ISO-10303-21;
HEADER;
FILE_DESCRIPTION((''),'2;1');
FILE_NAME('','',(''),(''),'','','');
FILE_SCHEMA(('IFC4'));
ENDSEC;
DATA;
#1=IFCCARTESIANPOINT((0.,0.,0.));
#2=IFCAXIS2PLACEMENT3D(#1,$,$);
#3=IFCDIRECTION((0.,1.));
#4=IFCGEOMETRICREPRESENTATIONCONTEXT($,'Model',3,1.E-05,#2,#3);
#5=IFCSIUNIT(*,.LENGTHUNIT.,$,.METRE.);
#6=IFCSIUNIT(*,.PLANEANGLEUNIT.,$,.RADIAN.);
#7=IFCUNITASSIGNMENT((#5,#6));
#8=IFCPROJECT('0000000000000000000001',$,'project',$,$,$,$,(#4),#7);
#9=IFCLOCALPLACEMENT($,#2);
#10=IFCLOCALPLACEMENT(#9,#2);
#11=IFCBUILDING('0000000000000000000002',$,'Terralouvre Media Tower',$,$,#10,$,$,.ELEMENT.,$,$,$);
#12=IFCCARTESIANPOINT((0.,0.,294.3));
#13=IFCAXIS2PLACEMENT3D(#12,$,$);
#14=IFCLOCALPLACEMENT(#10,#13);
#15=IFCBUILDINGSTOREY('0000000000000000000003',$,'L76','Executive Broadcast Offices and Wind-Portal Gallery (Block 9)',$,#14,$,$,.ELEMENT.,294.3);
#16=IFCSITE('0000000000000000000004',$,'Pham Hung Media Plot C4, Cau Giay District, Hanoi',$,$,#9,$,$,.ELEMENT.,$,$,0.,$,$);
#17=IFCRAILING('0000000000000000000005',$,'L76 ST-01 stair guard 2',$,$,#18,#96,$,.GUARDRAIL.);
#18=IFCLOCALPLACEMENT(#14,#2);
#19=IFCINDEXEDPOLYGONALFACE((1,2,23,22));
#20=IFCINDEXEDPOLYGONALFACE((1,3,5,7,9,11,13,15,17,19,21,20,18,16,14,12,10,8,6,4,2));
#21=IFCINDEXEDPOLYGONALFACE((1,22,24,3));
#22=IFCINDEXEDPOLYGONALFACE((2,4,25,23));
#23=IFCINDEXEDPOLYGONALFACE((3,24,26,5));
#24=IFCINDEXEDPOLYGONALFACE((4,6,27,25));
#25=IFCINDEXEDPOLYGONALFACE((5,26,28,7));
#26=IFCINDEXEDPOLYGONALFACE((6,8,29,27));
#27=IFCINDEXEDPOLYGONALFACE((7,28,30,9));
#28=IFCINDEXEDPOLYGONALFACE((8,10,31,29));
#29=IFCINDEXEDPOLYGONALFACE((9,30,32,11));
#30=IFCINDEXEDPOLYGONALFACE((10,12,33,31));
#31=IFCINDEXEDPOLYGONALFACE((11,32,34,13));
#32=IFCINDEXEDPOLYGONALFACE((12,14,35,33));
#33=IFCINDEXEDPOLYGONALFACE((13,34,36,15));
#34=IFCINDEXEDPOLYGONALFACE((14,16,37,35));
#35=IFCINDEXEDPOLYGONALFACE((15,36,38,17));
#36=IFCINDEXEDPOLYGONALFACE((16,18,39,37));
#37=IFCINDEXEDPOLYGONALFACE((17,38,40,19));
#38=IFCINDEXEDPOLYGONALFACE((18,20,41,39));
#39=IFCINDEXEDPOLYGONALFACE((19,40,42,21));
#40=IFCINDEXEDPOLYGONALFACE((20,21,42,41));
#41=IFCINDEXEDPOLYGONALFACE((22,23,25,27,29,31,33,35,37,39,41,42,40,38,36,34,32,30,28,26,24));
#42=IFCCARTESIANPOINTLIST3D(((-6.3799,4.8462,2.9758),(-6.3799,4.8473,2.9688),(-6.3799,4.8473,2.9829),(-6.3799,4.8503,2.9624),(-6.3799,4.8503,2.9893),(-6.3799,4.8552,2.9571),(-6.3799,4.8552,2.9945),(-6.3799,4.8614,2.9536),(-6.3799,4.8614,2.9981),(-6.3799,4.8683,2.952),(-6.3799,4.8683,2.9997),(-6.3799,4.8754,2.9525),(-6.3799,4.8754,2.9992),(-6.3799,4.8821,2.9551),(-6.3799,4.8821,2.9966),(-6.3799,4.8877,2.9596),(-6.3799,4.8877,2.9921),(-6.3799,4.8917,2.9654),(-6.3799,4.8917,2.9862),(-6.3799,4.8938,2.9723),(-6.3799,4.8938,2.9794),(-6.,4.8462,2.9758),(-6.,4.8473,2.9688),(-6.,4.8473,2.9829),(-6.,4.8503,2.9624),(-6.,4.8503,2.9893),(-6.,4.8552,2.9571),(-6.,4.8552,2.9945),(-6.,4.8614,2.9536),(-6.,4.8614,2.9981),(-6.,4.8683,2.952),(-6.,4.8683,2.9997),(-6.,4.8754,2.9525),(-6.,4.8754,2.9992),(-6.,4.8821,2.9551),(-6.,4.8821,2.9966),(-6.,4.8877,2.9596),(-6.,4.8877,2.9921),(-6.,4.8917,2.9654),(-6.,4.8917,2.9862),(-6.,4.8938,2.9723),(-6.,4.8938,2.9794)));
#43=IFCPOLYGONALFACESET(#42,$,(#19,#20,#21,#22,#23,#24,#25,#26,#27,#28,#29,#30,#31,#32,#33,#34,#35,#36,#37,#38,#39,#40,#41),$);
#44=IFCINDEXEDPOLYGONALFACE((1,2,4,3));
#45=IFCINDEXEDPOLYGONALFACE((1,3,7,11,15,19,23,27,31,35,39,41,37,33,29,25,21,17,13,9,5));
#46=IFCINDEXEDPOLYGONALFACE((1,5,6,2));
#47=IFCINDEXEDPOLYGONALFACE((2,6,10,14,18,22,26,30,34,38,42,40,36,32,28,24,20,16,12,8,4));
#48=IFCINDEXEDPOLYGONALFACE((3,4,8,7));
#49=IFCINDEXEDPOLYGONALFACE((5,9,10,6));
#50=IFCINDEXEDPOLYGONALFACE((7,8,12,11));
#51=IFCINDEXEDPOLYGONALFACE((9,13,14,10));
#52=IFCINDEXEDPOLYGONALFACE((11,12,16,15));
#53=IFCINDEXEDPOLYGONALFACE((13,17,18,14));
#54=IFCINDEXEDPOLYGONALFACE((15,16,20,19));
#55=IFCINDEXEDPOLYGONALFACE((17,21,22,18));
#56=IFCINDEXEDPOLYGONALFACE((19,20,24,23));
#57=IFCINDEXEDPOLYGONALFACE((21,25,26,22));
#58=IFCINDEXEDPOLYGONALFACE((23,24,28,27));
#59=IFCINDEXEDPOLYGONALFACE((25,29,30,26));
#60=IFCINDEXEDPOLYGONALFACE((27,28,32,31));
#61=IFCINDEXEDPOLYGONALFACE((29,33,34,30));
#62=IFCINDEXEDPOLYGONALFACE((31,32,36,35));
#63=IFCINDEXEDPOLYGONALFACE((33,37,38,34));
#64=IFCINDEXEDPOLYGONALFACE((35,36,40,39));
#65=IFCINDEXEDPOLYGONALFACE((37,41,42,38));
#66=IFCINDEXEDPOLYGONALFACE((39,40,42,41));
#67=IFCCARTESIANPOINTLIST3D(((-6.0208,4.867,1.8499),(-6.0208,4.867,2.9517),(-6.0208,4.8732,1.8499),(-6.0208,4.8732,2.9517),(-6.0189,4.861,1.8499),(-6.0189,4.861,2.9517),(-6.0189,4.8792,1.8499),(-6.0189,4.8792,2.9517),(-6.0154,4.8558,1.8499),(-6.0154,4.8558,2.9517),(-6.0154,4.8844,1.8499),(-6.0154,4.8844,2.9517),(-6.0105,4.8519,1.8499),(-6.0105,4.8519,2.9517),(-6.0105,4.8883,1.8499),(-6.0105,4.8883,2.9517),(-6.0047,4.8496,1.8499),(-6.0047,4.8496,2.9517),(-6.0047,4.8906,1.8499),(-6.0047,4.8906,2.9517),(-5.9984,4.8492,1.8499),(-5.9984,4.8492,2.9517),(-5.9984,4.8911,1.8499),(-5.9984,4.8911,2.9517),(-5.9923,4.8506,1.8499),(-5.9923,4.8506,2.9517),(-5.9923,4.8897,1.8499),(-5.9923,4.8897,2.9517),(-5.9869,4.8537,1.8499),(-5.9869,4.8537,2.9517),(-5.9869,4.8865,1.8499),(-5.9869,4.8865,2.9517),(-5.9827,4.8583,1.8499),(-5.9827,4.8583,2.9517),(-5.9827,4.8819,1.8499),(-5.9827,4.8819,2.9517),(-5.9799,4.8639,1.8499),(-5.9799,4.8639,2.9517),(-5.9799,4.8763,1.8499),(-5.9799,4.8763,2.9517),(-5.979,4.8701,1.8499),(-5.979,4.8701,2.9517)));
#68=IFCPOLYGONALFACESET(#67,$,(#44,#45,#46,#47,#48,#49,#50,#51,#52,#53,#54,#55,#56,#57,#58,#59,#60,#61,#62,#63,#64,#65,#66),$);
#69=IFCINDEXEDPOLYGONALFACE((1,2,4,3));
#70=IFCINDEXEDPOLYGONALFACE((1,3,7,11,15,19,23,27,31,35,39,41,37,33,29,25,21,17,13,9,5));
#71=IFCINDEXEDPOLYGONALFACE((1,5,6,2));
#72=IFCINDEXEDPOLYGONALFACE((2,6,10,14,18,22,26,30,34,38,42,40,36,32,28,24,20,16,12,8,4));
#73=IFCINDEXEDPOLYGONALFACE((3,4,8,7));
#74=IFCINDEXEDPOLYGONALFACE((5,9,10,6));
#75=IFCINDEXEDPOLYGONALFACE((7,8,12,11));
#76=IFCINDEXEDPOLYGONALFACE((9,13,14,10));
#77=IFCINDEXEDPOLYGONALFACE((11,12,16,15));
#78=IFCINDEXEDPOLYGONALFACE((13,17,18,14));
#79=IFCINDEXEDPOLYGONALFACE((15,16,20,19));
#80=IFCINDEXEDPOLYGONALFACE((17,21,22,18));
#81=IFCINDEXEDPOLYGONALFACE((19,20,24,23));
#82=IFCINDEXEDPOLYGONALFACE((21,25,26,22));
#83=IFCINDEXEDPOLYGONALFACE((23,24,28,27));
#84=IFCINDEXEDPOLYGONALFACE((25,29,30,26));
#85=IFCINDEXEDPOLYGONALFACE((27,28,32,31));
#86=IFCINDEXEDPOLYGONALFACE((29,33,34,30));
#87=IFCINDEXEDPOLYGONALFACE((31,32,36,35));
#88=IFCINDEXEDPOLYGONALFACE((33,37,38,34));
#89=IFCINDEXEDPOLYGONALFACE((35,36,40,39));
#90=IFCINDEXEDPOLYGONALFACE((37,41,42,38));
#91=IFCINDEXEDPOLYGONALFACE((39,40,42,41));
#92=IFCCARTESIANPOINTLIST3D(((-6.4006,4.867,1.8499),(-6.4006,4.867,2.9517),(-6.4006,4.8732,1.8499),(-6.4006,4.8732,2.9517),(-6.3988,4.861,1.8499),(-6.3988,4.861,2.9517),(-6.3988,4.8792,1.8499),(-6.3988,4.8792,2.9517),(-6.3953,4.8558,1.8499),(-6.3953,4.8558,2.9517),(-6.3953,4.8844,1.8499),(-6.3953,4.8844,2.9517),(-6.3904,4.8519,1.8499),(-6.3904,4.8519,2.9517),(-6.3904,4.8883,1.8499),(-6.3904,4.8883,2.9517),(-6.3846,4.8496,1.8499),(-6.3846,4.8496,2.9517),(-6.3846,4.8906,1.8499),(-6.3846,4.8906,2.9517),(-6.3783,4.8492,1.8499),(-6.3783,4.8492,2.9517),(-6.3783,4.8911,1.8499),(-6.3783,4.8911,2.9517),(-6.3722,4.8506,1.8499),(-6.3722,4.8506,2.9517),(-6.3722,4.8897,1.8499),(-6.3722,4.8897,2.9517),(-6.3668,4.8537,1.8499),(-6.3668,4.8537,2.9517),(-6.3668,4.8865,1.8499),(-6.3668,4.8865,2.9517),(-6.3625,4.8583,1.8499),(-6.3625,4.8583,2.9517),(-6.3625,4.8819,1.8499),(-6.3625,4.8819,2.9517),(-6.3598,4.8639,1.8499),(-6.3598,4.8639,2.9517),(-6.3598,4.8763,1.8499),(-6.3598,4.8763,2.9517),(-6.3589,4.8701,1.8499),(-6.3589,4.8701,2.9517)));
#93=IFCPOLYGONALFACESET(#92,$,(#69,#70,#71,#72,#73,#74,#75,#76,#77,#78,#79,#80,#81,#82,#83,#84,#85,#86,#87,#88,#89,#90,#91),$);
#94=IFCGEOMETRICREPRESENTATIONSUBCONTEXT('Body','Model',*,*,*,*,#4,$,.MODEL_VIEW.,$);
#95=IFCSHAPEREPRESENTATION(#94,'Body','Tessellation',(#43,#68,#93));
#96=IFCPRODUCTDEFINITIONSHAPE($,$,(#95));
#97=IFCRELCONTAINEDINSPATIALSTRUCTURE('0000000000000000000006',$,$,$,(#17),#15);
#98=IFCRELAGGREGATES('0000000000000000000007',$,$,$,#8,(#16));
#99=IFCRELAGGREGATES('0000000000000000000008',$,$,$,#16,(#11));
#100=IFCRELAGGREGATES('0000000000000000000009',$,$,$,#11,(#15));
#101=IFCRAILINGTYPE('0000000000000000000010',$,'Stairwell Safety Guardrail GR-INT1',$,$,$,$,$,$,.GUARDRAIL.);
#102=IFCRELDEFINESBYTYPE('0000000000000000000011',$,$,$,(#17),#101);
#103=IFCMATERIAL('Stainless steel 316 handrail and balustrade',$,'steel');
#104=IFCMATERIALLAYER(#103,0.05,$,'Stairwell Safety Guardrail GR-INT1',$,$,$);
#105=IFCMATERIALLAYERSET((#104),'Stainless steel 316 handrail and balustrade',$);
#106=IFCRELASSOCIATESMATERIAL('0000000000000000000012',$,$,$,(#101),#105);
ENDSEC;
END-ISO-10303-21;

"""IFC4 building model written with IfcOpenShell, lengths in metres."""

from ifc_helpers import new_model, si_unit, direction, frame, origin, origin_2d, place, context, subcontext, project, spatial, circle, extrude, material, layer, layer_set, type_object, element, save


model = new_model("IFC4")

# Units and contexts
model_context = context("Model", 3, precision=1e-05, world=origin(), true_north=direction((0.0, 1.0)))
body_context = subcontext(model_context, "Body", "Model", "MODEL_VIEW")
ifc_project = project(units=[si_unit("LENGTHUNIT", "METRE"), si_unit("PLANEANGLEUNIT", "RADIAN")], contexts=[model_context])

# Site, building, storey
site_placement = place(None, origin())
site = spatial("IfcSite", under=ifc_project, at=site_placement, Name="Pham Hung Media Plot C4, Cau Giay District, Hanoi", CompositionType="ELEMENT", RefElevation=0.0)
building_placement = place(site_placement, origin())
building = spatial("IfcBuilding", under=site, at=building_placement, Name="Terralouvre Media Tower", CompositionType="ELEMENT")
storey_placement = place(building_placement, frame((0.0, 0.0, 294.3)))
storey = spatial("IfcBuildingStorey", under=building, at=storey_placement, Name="L76", Description="Executive Broadcast Offices and Wind-Portal Gallery (Block 9)", CompositionType="ELEMENT", Elevation=294.3)

# Railing
ifc_material_1 = material(Name="Stainless steel 316 handrail and balustrade", Category="steel")
ifc_layer_1 = layer(ifc_material_1, 0.05, Name="Stairwell Safety Guardrail GR-INT1")
ifc_layer_set_1 = layer_set([ifc_layer_1], Name="Stainless steel 316 handrail and balustrade")
railing_type = type_object("IfcRailingType", Name="Stairwell Safety Guardrail GR-INT1", PredefinedType="GUARDRAIL", material=ifc_layer_set_1)
railing_1_placement = place(storey_placement, frame((-6.0, 4.8701, 1.8499)))
element("IfcRailing", 1, at=railing_1_placement, inside=storey, type_object=railing_type, Name="L76 ST-01 stair guard 2", PredefinedType="GUARDRAIL", context=body_context, shape_type="SweptSolid", body=[
    extrude(circle(Radius=0.0239, at=origin_2d()), frame((0.0, 0.0, 1.126), z_axis=(-1.0, 0.0, 0.0), x_axis=(0.0, -1.0, 0.0)), (0.0, 0.0, 1.0), 0.3799),
    extrude(circle(Radius=0.021, at=origin_2d()), origin(), (0.0, 0.0, 1.0), 1.1018),
    extrude(circle(Radius=0.021, at=origin_2d()), frame((-0.3799, 0.0, 0.0)), (0.0, 0.0, 1.0), 1.1018),
])

save(model, "model.ifc")
